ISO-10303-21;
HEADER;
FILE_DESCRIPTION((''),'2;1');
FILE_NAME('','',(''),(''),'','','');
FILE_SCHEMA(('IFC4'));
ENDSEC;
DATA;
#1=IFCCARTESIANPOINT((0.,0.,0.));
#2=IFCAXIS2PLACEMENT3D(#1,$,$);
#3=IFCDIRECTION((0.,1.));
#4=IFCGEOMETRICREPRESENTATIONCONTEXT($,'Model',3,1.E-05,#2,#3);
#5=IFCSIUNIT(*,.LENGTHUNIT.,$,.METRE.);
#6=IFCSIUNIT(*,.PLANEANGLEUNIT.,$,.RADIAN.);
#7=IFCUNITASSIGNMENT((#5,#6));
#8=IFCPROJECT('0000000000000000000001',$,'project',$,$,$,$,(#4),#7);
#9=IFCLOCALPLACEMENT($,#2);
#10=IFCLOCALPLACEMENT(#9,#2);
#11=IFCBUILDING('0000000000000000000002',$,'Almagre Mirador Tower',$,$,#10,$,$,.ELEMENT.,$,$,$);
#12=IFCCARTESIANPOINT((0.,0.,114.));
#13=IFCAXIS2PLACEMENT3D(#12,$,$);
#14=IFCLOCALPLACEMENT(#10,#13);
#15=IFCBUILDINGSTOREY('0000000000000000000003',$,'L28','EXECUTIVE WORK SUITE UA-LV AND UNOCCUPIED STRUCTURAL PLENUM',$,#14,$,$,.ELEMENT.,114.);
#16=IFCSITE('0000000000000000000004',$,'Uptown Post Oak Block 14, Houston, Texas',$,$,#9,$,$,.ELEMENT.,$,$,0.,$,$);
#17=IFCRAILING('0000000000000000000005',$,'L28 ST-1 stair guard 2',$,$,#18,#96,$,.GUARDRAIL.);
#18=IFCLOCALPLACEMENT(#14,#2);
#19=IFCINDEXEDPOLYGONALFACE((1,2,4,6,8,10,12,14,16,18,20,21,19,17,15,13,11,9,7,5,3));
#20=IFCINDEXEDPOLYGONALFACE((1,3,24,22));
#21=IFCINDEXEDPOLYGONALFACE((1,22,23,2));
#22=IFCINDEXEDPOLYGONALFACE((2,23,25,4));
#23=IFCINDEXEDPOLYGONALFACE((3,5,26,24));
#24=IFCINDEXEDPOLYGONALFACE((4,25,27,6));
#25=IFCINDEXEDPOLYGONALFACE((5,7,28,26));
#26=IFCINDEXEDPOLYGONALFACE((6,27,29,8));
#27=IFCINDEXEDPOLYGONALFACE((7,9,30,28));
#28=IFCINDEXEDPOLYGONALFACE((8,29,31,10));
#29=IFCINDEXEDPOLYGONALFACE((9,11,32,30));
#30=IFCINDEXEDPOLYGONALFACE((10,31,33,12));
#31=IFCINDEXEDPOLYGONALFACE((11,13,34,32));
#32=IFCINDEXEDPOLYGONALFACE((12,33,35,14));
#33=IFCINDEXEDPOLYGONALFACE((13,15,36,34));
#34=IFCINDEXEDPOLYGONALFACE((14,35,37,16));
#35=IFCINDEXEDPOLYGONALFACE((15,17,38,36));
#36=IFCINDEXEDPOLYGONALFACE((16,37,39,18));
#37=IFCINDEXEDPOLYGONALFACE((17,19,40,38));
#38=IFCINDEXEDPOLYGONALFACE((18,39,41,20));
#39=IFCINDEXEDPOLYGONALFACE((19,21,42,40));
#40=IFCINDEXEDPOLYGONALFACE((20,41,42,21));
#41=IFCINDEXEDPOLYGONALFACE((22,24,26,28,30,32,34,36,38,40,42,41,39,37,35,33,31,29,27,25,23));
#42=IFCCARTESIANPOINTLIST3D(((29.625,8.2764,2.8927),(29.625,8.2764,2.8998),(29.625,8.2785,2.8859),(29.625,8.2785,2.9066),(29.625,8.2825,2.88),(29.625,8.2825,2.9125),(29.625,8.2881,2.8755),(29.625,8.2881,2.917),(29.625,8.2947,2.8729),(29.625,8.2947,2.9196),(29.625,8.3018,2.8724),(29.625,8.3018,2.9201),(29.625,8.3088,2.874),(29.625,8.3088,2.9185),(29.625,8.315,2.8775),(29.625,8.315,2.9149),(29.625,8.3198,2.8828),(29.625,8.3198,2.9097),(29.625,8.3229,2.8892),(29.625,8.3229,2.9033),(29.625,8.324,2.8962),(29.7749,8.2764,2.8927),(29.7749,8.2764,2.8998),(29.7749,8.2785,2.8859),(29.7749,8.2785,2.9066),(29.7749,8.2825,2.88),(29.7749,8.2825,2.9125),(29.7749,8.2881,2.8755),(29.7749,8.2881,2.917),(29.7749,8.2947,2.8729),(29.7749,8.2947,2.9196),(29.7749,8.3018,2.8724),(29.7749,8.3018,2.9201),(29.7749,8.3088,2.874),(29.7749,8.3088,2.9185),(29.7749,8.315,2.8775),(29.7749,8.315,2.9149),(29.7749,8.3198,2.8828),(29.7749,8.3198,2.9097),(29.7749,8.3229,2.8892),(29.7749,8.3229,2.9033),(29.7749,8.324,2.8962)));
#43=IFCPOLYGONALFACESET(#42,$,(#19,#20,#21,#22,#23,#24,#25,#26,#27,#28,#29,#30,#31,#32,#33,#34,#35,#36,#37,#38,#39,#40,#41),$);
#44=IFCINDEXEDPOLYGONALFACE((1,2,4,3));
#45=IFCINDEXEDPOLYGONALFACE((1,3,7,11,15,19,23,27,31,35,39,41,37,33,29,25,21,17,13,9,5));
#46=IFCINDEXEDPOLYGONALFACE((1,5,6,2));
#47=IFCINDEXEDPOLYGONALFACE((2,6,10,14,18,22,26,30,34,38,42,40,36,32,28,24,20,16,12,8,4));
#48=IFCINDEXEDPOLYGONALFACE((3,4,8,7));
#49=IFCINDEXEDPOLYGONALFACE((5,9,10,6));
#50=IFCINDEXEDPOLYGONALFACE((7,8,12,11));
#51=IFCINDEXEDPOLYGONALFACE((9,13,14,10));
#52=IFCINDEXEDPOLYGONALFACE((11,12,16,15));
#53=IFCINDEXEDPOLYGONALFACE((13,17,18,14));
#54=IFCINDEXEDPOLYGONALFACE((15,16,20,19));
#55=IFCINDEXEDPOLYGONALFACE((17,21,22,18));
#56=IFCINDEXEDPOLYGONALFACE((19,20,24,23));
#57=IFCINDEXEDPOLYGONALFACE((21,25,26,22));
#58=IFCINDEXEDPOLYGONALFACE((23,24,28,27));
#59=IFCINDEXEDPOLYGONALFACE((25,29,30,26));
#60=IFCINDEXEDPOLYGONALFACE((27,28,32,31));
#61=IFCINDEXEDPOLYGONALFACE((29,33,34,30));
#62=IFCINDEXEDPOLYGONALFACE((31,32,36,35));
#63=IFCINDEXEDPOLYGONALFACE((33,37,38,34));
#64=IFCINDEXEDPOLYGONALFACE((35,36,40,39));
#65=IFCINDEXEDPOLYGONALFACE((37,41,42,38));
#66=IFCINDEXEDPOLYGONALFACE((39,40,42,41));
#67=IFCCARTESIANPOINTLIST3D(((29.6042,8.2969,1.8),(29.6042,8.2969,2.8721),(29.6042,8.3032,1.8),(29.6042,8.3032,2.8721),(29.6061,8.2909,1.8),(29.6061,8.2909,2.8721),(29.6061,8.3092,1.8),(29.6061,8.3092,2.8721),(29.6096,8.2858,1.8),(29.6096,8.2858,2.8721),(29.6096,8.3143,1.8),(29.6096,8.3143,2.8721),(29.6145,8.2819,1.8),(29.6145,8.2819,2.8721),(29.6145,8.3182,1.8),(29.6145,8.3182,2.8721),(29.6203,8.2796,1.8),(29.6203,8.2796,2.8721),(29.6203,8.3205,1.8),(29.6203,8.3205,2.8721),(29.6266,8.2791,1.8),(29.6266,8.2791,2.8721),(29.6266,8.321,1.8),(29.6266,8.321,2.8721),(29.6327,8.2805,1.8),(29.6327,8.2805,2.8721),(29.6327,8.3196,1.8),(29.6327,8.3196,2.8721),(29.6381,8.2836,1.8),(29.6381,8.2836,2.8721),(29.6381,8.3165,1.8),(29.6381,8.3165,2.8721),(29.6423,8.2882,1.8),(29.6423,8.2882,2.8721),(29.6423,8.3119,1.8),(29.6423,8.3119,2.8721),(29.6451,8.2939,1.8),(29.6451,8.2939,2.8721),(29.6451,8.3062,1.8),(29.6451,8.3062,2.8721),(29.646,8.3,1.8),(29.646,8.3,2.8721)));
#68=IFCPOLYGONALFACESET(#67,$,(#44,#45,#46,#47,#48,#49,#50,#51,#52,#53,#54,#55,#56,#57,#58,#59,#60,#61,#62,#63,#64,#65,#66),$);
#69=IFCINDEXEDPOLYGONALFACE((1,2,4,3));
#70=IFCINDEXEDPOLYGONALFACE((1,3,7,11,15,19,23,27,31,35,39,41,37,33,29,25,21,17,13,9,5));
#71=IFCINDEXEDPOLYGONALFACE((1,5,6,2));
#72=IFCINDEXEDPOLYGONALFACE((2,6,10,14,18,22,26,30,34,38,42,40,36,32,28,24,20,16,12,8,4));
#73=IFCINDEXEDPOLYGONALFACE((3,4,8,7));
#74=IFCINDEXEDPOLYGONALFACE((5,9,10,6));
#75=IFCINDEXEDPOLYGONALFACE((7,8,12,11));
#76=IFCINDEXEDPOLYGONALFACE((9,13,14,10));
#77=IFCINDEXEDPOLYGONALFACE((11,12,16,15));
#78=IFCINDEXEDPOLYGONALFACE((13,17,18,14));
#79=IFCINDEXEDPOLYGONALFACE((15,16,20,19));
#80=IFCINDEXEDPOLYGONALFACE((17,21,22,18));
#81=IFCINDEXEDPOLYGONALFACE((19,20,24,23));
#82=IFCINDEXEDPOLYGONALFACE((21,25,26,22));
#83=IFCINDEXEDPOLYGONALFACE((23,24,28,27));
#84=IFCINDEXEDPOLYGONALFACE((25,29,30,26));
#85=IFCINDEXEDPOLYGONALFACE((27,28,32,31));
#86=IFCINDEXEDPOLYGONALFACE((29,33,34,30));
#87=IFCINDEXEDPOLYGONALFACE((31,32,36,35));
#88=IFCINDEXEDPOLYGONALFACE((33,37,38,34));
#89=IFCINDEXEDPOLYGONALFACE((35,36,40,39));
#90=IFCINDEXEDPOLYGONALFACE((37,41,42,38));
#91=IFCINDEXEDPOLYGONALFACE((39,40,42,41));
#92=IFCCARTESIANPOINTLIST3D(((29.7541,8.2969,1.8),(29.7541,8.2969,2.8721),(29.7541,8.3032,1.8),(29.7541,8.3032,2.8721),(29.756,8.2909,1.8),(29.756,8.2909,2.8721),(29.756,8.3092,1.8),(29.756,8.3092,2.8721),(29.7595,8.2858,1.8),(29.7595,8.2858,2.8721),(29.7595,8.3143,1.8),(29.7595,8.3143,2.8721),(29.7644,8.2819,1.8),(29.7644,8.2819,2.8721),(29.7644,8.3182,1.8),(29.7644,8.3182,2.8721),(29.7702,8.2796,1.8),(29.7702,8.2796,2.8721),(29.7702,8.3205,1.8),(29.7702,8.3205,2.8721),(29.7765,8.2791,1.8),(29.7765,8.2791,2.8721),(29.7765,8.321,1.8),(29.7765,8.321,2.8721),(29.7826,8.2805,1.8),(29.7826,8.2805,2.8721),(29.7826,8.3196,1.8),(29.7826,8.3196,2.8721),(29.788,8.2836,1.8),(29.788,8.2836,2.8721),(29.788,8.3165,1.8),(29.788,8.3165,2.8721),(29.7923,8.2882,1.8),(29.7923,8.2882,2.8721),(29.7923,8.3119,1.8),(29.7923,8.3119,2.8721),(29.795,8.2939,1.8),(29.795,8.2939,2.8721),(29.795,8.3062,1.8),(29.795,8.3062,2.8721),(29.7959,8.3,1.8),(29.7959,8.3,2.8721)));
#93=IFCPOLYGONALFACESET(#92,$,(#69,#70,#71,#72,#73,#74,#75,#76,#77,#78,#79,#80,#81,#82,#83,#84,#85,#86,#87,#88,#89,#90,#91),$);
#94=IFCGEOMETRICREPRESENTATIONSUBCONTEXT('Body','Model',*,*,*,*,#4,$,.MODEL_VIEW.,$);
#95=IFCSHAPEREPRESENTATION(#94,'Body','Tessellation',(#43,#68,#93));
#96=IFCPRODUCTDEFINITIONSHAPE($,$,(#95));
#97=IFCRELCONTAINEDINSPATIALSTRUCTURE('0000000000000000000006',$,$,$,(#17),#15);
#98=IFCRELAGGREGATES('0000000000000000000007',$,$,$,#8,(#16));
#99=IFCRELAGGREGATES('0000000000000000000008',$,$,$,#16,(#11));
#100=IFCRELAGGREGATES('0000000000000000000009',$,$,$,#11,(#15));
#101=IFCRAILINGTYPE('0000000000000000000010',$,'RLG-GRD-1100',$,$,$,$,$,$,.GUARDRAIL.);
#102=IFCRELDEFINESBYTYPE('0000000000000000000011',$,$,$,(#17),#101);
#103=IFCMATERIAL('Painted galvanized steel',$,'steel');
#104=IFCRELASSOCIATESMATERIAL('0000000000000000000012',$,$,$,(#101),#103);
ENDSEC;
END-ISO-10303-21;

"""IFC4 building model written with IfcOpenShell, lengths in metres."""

from ifc_helpers import new_model, si_unit, direction, frame, origin, origin_2d, place, context, subcontext, project, spatial, circle, extrude, material, type_object, element, save


model = new_model("IFC4")

# Units and contexts
model_context = context("Model", 3, precision=1e-05, world=origin(), true_north=direction((0.0, 1.0)))
body_context = subcontext(model_context, "Body", "Model", "MODEL_VIEW")
ifc_project = project(units=[si_unit("LENGTHUNIT", "METRE"), si_unit("PLANEANGLEUNIT", "RADIAN")], contexts=[model_context])

# Site, building, storey
site_placement = place(None, origin())
site = spatial("IfcSite", under=ifc_project, at=site_placement, Name="Uptown Post Oak Block 14, Houston, Texas", CompositionType="ELEMENT", RefElevation=0.0)
building_placement = place(site_placement, origin())
building = spatial("IfcBuilding", under=site, at=building_placement, Name="Almagre Mirador Tower", CompositionType="ELEMENT")
storey_placement = place(building_placement, frame((0.0, 0.0, 114.0)))
storey = spatial("IfcBuildingStorey", under=building, at=storey_placement, Name="L28", Description="EXECUTIVE WORK SUITE UA-LV AND UNOCCUPIED STRUCTURAL PLENUM", CompositionType="ELEMENT", Elevation=114.0)

# Railing
ifc_material_1 = material(Name="Painted galvanized steel", Category="steel")
railing_type_1 = type_object("IfcRailingType", Name="RLG-GRD-1100", PredefinedType="GUARDRAIL", material=ifc_material_1)
railing_1_placement = place(storey_placement, frame((29.625, 8.3, 1.8)))
element("IfcRailing", 1, at=railing_1_placement, inside=storey, type_object=railing_type_1, Name="L28 ST-1 stair guard 2", PredefinedType="GUARDRAIL", context=body_context, shape_type="SweptSolid", body=[
    extrude(circle(Radius=0.0239, at=origin_2d()), frame((0.0, 0.0, 1.0962), z_axis=(1.0, 0.0, 0.0), x_axis=(0.0, 1.0, 0.0)), (0.0, 0.0, 1.0), 0.1499),
    extrude(circle(Radius=0.021, at=origin_2d()), origin(), (0.0, 0.0, 1.0), 1.072),
    extrude(circle(Radius=0.021, at=origin_2d()), frame((0.1499, 0.0, 0.0)), (0.0, 0.0, 1.0), 1.072),
])

save(model, "model.ifc")
